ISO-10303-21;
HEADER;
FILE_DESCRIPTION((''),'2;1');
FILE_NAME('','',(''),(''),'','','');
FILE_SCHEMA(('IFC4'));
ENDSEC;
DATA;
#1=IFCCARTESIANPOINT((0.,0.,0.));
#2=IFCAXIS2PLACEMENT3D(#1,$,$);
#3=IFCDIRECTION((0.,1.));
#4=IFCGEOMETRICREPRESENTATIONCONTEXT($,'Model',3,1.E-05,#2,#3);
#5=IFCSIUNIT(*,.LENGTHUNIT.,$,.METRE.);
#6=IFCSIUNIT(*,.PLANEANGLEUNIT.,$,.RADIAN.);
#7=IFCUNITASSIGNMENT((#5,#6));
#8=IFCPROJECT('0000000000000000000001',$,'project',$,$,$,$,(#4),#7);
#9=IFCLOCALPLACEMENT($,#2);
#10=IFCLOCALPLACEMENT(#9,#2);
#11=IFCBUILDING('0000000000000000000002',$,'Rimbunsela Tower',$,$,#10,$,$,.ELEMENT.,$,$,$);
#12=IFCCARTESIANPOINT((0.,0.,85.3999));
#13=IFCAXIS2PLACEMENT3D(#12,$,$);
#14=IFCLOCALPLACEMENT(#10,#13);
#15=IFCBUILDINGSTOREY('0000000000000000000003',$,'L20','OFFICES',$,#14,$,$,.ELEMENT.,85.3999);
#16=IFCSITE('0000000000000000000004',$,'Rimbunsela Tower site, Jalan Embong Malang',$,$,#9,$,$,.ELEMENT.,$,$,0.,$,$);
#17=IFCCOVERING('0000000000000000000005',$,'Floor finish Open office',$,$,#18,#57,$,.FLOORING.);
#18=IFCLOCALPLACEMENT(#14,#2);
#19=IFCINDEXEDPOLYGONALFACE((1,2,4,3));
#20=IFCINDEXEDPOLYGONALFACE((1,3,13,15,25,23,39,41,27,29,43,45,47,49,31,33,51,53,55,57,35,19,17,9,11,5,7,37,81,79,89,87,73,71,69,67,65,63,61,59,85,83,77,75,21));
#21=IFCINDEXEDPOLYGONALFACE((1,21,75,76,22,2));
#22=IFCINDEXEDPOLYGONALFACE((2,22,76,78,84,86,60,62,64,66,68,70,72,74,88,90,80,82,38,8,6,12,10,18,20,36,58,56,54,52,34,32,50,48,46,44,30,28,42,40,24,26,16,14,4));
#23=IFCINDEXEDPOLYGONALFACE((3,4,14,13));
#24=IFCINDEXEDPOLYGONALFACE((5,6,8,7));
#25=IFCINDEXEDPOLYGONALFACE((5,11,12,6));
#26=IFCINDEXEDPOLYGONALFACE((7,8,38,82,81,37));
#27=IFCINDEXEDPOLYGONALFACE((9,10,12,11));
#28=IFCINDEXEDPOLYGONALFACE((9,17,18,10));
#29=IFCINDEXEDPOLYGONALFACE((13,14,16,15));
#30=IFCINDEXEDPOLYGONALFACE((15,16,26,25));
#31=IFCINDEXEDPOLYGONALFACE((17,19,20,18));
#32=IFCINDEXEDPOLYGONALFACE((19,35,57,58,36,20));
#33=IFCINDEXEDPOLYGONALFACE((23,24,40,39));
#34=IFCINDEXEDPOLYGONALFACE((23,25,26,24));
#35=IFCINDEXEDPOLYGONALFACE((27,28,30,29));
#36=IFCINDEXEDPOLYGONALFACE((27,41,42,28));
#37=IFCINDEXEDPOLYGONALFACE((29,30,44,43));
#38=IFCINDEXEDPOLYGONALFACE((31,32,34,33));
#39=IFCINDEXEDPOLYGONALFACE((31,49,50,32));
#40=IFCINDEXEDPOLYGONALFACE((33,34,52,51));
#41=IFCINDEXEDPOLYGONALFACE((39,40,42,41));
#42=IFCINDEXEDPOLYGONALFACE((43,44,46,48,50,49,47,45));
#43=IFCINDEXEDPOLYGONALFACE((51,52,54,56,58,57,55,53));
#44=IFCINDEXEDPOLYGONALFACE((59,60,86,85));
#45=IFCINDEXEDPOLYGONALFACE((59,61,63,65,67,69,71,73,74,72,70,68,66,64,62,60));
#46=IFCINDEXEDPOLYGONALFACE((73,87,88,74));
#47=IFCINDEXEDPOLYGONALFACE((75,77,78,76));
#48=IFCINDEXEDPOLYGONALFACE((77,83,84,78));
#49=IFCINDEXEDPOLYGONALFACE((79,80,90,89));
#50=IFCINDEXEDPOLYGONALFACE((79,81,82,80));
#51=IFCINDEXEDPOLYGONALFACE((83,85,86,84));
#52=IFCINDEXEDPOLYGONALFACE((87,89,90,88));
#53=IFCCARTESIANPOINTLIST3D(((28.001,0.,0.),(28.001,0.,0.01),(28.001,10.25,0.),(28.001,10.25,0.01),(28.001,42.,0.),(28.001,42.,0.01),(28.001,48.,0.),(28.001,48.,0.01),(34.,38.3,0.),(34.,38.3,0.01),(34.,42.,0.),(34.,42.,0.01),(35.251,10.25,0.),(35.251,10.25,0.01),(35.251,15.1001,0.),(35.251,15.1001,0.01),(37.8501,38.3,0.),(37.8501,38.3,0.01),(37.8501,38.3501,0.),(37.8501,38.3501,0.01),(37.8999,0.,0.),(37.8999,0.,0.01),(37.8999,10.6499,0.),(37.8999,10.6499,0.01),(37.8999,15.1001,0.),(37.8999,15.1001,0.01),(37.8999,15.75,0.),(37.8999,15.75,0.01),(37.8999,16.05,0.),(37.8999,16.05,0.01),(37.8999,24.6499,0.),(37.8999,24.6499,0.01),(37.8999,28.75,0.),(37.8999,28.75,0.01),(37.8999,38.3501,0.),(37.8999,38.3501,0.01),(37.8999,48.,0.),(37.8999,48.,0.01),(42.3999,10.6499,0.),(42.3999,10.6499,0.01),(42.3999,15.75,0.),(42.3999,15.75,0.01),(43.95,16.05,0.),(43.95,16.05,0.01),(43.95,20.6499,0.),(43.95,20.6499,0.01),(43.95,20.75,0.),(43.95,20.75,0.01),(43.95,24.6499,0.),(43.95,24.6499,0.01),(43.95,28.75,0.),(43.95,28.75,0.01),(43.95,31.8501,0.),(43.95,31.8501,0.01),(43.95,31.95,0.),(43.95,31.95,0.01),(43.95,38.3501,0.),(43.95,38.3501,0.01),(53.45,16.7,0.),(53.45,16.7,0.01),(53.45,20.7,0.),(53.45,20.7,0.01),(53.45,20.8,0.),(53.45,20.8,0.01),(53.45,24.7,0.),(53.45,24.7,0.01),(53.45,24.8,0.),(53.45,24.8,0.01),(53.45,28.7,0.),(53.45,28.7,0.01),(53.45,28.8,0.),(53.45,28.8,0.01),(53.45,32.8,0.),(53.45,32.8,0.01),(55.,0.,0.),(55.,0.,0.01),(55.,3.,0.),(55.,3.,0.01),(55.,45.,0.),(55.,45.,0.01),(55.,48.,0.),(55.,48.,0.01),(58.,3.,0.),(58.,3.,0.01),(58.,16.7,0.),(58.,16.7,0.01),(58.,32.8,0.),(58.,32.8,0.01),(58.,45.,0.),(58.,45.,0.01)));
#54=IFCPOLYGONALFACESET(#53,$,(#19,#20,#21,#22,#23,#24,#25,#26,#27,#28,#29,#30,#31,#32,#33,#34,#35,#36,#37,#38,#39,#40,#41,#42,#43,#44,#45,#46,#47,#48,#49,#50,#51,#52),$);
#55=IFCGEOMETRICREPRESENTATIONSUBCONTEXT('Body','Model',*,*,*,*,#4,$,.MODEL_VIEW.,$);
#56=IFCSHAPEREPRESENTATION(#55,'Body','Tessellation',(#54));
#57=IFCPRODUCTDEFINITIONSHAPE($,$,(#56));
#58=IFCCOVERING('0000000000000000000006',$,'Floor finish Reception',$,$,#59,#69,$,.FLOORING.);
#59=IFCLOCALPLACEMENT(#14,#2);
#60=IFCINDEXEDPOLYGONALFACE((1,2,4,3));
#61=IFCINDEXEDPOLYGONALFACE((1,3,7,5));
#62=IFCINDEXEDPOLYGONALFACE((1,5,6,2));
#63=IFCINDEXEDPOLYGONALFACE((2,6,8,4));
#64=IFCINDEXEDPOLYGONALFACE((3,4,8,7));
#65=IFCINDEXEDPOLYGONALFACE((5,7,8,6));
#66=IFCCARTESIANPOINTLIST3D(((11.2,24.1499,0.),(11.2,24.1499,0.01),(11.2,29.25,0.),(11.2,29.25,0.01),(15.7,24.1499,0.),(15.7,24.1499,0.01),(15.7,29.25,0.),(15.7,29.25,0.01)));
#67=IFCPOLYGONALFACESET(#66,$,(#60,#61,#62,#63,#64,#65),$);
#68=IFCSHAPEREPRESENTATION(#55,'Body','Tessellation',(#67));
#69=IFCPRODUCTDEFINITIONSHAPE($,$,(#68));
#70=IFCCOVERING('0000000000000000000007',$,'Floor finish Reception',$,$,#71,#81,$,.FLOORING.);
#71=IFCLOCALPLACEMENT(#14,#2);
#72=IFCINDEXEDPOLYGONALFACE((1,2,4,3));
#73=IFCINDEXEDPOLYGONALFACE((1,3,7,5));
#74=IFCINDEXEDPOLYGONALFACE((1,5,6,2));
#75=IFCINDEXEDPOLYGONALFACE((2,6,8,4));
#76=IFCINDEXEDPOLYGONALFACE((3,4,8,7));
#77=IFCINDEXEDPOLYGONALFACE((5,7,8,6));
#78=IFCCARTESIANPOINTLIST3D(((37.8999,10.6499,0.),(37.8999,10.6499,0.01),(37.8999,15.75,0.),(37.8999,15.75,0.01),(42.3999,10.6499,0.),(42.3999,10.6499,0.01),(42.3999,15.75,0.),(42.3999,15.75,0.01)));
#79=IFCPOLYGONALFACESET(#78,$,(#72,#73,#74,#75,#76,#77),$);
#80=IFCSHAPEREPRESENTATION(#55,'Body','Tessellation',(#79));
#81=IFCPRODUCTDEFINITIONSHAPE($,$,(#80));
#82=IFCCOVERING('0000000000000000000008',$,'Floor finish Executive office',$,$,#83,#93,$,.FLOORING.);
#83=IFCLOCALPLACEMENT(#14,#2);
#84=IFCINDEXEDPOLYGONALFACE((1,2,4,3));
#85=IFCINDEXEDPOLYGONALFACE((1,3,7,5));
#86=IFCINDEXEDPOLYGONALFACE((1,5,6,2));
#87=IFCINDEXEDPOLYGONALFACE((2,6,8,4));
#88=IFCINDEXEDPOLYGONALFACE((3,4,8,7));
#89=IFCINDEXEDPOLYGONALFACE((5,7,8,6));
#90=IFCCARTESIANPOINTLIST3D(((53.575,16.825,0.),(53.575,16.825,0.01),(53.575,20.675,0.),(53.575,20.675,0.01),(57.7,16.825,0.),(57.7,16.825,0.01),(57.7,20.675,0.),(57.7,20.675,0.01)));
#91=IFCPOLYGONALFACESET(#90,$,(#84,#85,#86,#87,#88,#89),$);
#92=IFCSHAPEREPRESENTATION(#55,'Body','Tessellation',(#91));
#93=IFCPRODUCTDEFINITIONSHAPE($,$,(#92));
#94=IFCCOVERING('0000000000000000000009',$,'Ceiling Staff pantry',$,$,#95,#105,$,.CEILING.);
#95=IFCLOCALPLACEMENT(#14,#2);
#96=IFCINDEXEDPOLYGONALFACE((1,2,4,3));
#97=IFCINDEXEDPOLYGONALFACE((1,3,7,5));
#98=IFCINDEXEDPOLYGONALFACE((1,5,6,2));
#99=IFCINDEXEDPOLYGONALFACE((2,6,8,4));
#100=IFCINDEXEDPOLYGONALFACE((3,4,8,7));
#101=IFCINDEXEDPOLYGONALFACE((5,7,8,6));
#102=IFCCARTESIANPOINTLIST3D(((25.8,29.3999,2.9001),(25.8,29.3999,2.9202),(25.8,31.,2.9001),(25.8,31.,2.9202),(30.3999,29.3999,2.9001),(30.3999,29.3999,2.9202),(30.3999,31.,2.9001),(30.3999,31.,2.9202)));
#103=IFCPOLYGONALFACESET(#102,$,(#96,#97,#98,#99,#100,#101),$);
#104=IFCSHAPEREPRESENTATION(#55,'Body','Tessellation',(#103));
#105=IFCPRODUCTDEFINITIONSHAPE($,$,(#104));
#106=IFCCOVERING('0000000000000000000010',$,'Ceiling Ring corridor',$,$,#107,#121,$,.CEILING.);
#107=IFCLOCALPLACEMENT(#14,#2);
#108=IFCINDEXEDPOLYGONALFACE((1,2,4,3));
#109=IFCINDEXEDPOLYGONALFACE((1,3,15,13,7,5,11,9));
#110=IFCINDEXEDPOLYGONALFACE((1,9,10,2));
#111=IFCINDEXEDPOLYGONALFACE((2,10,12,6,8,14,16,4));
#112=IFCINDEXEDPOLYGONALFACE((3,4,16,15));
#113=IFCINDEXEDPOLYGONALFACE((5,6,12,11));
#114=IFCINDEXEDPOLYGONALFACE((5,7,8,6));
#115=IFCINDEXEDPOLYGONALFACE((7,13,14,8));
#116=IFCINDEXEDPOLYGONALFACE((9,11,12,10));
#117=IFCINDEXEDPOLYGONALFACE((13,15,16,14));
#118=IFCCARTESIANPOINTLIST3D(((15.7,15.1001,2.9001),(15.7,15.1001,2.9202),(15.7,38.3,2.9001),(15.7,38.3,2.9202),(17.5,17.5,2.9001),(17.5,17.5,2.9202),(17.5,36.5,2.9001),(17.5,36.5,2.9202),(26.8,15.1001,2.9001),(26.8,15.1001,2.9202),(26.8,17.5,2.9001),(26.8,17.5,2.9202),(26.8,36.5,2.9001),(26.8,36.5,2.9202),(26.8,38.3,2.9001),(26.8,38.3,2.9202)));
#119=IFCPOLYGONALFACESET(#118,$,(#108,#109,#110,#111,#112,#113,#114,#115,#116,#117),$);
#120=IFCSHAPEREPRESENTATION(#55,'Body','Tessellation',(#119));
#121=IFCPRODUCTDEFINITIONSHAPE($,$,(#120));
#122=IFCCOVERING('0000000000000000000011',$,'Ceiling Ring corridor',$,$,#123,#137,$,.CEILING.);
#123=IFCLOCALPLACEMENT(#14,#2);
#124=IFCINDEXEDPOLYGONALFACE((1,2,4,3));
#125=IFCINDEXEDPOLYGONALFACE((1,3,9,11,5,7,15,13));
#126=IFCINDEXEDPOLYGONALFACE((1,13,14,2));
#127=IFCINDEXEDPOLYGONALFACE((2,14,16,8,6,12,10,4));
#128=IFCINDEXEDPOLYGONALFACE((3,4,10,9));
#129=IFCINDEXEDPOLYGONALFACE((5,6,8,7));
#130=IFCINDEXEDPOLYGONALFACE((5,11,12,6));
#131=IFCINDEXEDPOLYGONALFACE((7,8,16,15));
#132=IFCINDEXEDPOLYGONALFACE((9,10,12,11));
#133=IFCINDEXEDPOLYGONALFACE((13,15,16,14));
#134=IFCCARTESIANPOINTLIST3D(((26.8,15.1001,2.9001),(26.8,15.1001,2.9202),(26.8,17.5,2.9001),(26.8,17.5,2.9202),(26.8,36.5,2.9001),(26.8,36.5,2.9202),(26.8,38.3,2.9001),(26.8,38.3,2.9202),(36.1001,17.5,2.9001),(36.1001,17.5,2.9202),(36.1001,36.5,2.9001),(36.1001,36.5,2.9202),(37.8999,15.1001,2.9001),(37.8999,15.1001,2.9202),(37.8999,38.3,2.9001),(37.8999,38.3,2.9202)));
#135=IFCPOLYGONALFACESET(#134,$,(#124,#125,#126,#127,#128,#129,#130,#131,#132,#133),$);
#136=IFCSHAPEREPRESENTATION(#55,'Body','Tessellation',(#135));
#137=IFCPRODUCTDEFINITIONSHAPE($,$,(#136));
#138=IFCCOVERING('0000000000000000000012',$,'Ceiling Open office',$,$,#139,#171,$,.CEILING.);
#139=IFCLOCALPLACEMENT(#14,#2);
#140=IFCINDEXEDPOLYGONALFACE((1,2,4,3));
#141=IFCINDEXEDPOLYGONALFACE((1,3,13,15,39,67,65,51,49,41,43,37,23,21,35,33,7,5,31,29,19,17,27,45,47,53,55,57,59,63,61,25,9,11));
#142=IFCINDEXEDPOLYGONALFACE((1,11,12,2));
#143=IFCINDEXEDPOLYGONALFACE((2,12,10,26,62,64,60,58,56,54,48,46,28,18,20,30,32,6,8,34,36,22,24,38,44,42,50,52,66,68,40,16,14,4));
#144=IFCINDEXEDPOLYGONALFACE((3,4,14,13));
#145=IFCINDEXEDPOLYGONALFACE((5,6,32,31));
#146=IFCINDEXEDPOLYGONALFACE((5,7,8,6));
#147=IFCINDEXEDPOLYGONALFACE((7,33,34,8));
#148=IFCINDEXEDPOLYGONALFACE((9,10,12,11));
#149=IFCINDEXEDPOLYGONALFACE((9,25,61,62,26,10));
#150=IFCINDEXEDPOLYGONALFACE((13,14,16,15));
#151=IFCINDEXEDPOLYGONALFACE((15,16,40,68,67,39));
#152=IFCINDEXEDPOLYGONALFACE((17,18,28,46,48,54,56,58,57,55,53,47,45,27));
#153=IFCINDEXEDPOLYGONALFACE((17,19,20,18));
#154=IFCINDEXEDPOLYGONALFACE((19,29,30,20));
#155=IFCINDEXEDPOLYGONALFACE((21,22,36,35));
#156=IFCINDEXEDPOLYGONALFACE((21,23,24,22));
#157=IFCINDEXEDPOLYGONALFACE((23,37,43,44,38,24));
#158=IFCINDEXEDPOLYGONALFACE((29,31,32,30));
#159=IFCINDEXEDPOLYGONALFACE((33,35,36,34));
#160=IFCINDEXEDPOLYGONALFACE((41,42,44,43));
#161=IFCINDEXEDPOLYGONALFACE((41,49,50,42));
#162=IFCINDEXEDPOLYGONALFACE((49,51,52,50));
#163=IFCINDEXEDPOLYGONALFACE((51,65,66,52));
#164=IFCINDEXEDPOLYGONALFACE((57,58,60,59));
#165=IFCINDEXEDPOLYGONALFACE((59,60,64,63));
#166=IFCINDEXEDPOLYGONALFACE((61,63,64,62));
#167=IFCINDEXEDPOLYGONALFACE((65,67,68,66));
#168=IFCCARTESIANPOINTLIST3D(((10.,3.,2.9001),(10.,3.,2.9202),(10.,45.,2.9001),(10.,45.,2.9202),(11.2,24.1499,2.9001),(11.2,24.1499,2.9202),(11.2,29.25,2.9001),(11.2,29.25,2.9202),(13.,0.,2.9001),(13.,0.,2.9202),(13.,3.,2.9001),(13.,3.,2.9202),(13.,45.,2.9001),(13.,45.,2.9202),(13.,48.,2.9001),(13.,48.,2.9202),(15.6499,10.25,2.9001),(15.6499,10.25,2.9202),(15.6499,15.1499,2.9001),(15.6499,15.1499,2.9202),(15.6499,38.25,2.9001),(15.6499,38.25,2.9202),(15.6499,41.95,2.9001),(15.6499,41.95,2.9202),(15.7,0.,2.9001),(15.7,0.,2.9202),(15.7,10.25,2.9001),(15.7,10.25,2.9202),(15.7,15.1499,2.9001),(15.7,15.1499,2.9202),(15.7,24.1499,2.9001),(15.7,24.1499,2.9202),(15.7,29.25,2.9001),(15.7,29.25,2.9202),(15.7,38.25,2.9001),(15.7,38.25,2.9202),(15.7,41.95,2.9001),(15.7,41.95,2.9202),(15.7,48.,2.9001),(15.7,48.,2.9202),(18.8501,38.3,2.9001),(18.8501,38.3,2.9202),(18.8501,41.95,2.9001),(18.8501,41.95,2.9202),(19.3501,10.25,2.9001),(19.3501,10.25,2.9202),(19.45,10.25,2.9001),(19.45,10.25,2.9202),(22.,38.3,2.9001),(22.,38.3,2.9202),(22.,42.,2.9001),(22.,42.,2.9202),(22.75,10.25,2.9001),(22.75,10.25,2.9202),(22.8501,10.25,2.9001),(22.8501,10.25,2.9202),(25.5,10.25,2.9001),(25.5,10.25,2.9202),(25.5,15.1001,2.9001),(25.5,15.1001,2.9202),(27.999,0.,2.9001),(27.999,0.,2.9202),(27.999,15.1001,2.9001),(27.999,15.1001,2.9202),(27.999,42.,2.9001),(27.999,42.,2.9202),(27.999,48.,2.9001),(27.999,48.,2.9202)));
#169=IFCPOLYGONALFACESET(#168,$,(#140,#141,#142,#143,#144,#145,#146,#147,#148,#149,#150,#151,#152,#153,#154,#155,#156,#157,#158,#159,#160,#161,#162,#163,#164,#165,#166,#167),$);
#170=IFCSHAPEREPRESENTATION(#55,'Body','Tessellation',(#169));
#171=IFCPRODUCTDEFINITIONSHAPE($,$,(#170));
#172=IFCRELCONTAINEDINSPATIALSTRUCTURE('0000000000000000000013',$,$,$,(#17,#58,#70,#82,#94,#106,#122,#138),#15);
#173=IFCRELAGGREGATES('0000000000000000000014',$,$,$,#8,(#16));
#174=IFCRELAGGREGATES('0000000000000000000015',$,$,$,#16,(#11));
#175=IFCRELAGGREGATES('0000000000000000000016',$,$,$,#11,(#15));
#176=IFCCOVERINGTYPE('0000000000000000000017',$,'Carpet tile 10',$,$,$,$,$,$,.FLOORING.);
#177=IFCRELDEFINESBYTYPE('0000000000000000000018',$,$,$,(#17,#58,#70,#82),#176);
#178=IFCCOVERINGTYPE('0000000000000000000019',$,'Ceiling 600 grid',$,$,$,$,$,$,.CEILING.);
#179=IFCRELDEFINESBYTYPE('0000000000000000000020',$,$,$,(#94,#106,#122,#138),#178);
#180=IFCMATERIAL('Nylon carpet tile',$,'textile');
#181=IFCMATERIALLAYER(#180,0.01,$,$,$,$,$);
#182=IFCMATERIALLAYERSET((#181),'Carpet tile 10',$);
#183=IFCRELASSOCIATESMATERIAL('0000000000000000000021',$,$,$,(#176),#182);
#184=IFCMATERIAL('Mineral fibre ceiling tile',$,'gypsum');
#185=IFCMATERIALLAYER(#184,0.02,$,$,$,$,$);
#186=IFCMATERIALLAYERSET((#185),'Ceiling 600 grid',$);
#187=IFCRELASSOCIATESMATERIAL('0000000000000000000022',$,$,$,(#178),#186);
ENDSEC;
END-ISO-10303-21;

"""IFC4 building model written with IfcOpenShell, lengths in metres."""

from ifc_helpers import new_model, si_unit, direction, frame, origin, place, context, subcontext, project, spatial, polyline, outline, extrude, material, layer, layer_set, type_object, element, save


model = new_model("IFC4")

# Units and contexts
model_context = context("Model", 3, precision=1e-05, world=origin(), true_north=direction((0.0, 1.0)))
body_context = subcontext(model_context, "Body", "Model", "MODEL_VIEW")
ifc_project = project(units=[si_unit("LENGTHUNIT", "METRE"), si_unit("PLANEANGLEUNIT", "RADIAN")], contexts=[model_context])

# Site, building, storey
site_placement = place(None, origin())
site = spatial("IfcSite", under=ifc_project, at=site_placement, Name="Rimbunsela Tower site, Jalan Embong Malang", CompositionType="ELEMENT", RefElevation=0.0)
building_placement = place(site_placement, origin())
building = spatial("IfcBuilding", under=site, at=building_placement, Name="Rimbunsela Tower", CompositionType="ELEMENT")
storey_placement = place(building_placement, frame((0.0, 0.0, 85.3999)))
storey = spatial("IfcBuildingStorey", under=building, at=storey_placement, Name="L20", Description="OFFICES", CompositionType="ELEMENT", Elevation=85.3999)

# Coverings
ifc_material_1 = material(Name="Nylon carpet tile", Category="textile")
ifc_layer_1 = layer(ifc_material_1, 0.01)
ifc_layer_set_1 = layer_set([ifc_layer_1], Name="Carpet tile 10")
covering_type_1 = type_object("IfcCoveringType", Name="Carpet tile 10", PredefinedType="FLOORING", material=ifc_layer_set_1)
covering_1_placement = place(storey_placement, origin())
element("IfcCovering", 1, at=covering_1_placement, inside=storey, type_object=covering_type_1, Name="Floor finish Open office", PredefinedType="FLOORING", context=body_context, shape_type="SweptSolid", body=[
    extrude(outline(polyline([(37.8999, 10.6499), (42.3999, 10.6499), (42.3999, 15.75), (37.8999, 15.75), (37.8999, 16.05), (43.95, 16.05), (43.95, 20.6499), (43.95, 20.75), (43.95, 24.6499), (37.8999, 24.6499), (37.8999, 28.75), (43.95, 28.75), (43.95, 31.8501), (43.95, 31.95), (43.95, 38.3501), (37.8999, 38.3501), (37.8501, 38.3501), (37.8501, 38.3), (34.0, 38.3), (34.0, 42.0), (28.001, 42.0), (28.001, 48.0), (37.8999, 48.0), (55.0, 48.0), (55.0, 45.0), (58.0, 45.0), (58.0, 32.8), (53.45, 32.8), (53.45, 28.8), (53.45, 28.7), (53.45, 24.8), (53.45, 24.7), (53.45, 20.8), (53.45, 20.7), (53.45, 16.7), (58.0, 16.7), (58.0, 3.0), (55.0, 3.0), (55.0, 0.0), (37.8999, 0.0), (28.001, 0.0), (28.001, 10.25), (35.251, 10.25), (35.251, 15.1001), (37.8999, 15.1001), (37.8999, 10.6499)])), origin(), (0.0, 0.0, 1.0), 0.01),
])
covering_2_placement = place(storey_placement, origin())
element("IfcCovering", 2, at=covering_2_placement, inside=storey, type_object=covering_type_1, Name="Floor finish Reception", PredefinedType="FLOORING", context=body_context, shape_type="SweptSolid", body=[
    extrude(outline(polyline([(15.7, 24.1499), (15.7, 29.25), (11.2, 29.25), (11.2, 24.1499), (15.7, 24.1499)])), origin(), (0.0, 0.0, 1.0), 0.01),
])
covering_3_placement = place(storey_placement, origin())
element("IfcCovering", 3, at=covering_3_placement, inside=storey, type_object=covering_type_1, Name="Floor finish Reception", PredefinedType="FLOORING", context=body_context, shape_type="SweptSolid", body=[
    extrude(outline(polyline([(42.3999, 10.6499), (42.3999, 15.75), (37.8999, 15.75), (37.8999, 10.6499), (42.3999, 10.6499)])), origin(), (0.0, 0.0, 1.0), 0.01),
])
covering_4_placement = place(storey_placement, origin())
element("IfcCovering", 4, at=covering_4_placement, inside=storey, type_object=covering_type_1, Name="Floor finish Executive office", PredefinedType="FLOORING", context=body_context, shape_type="SweptSolid", body=[
    extrude(outline(polyline([(57.7, 16.825), (57.7, 20.675), (53.575, 20.675), (53.575, 16.825), (57.7, 16.825)])), origin(), (0.0, 0.0, 1.0), 0.01),
])
ifc_material_2 = material(Name="Mineral fibre ceiling tile", Category="gypsum")
ifc_layer_2 = layer(ifc_material_2, 0.02)
ifc_layer_set_2 = layer_set([ifc_layer_2], Name="Ceiling 600 grid")
covering_type_2 = type_object("IfcCoveringType", Name="Ceiling 600 grid", PredefinedType="CEILING", material=ifc_layer_set_2)
covering_5_placement = place(storey_placement, frame((0.0, 0.0, 2.9001)))
element("IfcCovering", 5, at=covering_5_placement, inside=storey, type_object=covering_type_2, Name="Ceiling Staff pantry", PredefinedType="CEILING", context=body_context, shape_type="SweptSolid", body=[
    extrude(outline(polyline([(30.3999, 29.3999), (30.3999, 31.0), (25.8, 31.0), (25.8, 29.3999), (30.3999, 29.3999)])), origin(), (0.0, 0.0, 1.0), 0.02),
])
covering_6_placement = place(storey_placement, frame((0.0, 0.0, 2.9001)))
element("IfcCovering", 6, at=covering_6_placement, inside=storey, type_object=covering_type_2, Name="Ceiling Ring corridor", PredefinedType="CEILING", context=body_context, shape_type="SweptSolid", body=[
    extrude(outline(polyline([(15.7, 38.3), (26.8, 38.3), (26.8, 36.5), (17.5, 36.5), (17.5, 17.5), (26.8, 17.5), (26.8, 15.1001), (15.7, 15.1001), (15.7, 38.3)])), origin(), (0.0, 0.0, 1.0), 0.02),
])
covering_7_placement = place(storey_placement, frame((0.0, 0.0, 2.9001)))
element("IfcCovering", 7, at=covering_7_placement, inside=storey, type_object=covering_type_2, Name="Ceiling Ring corridor", PredefinedType="CEILING", context=body_context, shape_type="SweptSolid", body=[
    extrude(outline(polyline([(37.8999, 38.3), (37.8999, 15.1001), (26.8, 15.1001), (26.8, 17.5), (36.1001, 17.5), (36.1001, 36.5), (26.8, 36.5), (26.8, 38.3), (37.8999, 38.3)])), origin(), (0.0, 0.0, 1.0), 0.02),
])
covering_8_placement = place(storey_placement, frame((0.0, 0.0, 2.9001)))
element("IfcCovering", 8, at=covering_8_placement, inside=storey, type_object=covering_type_2, Name="Ceiling Open office", PredefinedType="CEILING", context=body_context, shape_type="SweptSolid", body=[
    extrude(outline(polyline([(19.45, 10.25), (22.75, 10.25), (22.8501, 10.25), (25.5, 10.25), (25.5, 15.1001), (27.999, 15.1001), (27.999, 0.0), (15.7, 0.0), (13.0, 0.0), (13.0, 3.0), (10.0, 3.0), (10.0, 45.0), (13.0, 45.0), (13.0, 48.0), (15.7, 48.0), (27.999, 48.0), (27.999, 42.0), (22.0, 42.0), (22.0, 38.3), (18.8501, 38.3), (18.8501, 41.95), (15.7, 41.95), (15.6499, 41.95), (15.6499, 38.25), (15.7, 38.25), (15.7, 29.25), (11.2, 29.25), (11.2, 24.1499), (15.7, 24.1499), (15.7, 15.1499), (15.6499, 15.1499), (15.6499, 10.25), (15.7, 10.25), (19.3501, 10.25), (19.45, 10.25)])), origin(), (0.0, 0.0, 1.0), 0.02),
])

save(model, "model.ifc")
